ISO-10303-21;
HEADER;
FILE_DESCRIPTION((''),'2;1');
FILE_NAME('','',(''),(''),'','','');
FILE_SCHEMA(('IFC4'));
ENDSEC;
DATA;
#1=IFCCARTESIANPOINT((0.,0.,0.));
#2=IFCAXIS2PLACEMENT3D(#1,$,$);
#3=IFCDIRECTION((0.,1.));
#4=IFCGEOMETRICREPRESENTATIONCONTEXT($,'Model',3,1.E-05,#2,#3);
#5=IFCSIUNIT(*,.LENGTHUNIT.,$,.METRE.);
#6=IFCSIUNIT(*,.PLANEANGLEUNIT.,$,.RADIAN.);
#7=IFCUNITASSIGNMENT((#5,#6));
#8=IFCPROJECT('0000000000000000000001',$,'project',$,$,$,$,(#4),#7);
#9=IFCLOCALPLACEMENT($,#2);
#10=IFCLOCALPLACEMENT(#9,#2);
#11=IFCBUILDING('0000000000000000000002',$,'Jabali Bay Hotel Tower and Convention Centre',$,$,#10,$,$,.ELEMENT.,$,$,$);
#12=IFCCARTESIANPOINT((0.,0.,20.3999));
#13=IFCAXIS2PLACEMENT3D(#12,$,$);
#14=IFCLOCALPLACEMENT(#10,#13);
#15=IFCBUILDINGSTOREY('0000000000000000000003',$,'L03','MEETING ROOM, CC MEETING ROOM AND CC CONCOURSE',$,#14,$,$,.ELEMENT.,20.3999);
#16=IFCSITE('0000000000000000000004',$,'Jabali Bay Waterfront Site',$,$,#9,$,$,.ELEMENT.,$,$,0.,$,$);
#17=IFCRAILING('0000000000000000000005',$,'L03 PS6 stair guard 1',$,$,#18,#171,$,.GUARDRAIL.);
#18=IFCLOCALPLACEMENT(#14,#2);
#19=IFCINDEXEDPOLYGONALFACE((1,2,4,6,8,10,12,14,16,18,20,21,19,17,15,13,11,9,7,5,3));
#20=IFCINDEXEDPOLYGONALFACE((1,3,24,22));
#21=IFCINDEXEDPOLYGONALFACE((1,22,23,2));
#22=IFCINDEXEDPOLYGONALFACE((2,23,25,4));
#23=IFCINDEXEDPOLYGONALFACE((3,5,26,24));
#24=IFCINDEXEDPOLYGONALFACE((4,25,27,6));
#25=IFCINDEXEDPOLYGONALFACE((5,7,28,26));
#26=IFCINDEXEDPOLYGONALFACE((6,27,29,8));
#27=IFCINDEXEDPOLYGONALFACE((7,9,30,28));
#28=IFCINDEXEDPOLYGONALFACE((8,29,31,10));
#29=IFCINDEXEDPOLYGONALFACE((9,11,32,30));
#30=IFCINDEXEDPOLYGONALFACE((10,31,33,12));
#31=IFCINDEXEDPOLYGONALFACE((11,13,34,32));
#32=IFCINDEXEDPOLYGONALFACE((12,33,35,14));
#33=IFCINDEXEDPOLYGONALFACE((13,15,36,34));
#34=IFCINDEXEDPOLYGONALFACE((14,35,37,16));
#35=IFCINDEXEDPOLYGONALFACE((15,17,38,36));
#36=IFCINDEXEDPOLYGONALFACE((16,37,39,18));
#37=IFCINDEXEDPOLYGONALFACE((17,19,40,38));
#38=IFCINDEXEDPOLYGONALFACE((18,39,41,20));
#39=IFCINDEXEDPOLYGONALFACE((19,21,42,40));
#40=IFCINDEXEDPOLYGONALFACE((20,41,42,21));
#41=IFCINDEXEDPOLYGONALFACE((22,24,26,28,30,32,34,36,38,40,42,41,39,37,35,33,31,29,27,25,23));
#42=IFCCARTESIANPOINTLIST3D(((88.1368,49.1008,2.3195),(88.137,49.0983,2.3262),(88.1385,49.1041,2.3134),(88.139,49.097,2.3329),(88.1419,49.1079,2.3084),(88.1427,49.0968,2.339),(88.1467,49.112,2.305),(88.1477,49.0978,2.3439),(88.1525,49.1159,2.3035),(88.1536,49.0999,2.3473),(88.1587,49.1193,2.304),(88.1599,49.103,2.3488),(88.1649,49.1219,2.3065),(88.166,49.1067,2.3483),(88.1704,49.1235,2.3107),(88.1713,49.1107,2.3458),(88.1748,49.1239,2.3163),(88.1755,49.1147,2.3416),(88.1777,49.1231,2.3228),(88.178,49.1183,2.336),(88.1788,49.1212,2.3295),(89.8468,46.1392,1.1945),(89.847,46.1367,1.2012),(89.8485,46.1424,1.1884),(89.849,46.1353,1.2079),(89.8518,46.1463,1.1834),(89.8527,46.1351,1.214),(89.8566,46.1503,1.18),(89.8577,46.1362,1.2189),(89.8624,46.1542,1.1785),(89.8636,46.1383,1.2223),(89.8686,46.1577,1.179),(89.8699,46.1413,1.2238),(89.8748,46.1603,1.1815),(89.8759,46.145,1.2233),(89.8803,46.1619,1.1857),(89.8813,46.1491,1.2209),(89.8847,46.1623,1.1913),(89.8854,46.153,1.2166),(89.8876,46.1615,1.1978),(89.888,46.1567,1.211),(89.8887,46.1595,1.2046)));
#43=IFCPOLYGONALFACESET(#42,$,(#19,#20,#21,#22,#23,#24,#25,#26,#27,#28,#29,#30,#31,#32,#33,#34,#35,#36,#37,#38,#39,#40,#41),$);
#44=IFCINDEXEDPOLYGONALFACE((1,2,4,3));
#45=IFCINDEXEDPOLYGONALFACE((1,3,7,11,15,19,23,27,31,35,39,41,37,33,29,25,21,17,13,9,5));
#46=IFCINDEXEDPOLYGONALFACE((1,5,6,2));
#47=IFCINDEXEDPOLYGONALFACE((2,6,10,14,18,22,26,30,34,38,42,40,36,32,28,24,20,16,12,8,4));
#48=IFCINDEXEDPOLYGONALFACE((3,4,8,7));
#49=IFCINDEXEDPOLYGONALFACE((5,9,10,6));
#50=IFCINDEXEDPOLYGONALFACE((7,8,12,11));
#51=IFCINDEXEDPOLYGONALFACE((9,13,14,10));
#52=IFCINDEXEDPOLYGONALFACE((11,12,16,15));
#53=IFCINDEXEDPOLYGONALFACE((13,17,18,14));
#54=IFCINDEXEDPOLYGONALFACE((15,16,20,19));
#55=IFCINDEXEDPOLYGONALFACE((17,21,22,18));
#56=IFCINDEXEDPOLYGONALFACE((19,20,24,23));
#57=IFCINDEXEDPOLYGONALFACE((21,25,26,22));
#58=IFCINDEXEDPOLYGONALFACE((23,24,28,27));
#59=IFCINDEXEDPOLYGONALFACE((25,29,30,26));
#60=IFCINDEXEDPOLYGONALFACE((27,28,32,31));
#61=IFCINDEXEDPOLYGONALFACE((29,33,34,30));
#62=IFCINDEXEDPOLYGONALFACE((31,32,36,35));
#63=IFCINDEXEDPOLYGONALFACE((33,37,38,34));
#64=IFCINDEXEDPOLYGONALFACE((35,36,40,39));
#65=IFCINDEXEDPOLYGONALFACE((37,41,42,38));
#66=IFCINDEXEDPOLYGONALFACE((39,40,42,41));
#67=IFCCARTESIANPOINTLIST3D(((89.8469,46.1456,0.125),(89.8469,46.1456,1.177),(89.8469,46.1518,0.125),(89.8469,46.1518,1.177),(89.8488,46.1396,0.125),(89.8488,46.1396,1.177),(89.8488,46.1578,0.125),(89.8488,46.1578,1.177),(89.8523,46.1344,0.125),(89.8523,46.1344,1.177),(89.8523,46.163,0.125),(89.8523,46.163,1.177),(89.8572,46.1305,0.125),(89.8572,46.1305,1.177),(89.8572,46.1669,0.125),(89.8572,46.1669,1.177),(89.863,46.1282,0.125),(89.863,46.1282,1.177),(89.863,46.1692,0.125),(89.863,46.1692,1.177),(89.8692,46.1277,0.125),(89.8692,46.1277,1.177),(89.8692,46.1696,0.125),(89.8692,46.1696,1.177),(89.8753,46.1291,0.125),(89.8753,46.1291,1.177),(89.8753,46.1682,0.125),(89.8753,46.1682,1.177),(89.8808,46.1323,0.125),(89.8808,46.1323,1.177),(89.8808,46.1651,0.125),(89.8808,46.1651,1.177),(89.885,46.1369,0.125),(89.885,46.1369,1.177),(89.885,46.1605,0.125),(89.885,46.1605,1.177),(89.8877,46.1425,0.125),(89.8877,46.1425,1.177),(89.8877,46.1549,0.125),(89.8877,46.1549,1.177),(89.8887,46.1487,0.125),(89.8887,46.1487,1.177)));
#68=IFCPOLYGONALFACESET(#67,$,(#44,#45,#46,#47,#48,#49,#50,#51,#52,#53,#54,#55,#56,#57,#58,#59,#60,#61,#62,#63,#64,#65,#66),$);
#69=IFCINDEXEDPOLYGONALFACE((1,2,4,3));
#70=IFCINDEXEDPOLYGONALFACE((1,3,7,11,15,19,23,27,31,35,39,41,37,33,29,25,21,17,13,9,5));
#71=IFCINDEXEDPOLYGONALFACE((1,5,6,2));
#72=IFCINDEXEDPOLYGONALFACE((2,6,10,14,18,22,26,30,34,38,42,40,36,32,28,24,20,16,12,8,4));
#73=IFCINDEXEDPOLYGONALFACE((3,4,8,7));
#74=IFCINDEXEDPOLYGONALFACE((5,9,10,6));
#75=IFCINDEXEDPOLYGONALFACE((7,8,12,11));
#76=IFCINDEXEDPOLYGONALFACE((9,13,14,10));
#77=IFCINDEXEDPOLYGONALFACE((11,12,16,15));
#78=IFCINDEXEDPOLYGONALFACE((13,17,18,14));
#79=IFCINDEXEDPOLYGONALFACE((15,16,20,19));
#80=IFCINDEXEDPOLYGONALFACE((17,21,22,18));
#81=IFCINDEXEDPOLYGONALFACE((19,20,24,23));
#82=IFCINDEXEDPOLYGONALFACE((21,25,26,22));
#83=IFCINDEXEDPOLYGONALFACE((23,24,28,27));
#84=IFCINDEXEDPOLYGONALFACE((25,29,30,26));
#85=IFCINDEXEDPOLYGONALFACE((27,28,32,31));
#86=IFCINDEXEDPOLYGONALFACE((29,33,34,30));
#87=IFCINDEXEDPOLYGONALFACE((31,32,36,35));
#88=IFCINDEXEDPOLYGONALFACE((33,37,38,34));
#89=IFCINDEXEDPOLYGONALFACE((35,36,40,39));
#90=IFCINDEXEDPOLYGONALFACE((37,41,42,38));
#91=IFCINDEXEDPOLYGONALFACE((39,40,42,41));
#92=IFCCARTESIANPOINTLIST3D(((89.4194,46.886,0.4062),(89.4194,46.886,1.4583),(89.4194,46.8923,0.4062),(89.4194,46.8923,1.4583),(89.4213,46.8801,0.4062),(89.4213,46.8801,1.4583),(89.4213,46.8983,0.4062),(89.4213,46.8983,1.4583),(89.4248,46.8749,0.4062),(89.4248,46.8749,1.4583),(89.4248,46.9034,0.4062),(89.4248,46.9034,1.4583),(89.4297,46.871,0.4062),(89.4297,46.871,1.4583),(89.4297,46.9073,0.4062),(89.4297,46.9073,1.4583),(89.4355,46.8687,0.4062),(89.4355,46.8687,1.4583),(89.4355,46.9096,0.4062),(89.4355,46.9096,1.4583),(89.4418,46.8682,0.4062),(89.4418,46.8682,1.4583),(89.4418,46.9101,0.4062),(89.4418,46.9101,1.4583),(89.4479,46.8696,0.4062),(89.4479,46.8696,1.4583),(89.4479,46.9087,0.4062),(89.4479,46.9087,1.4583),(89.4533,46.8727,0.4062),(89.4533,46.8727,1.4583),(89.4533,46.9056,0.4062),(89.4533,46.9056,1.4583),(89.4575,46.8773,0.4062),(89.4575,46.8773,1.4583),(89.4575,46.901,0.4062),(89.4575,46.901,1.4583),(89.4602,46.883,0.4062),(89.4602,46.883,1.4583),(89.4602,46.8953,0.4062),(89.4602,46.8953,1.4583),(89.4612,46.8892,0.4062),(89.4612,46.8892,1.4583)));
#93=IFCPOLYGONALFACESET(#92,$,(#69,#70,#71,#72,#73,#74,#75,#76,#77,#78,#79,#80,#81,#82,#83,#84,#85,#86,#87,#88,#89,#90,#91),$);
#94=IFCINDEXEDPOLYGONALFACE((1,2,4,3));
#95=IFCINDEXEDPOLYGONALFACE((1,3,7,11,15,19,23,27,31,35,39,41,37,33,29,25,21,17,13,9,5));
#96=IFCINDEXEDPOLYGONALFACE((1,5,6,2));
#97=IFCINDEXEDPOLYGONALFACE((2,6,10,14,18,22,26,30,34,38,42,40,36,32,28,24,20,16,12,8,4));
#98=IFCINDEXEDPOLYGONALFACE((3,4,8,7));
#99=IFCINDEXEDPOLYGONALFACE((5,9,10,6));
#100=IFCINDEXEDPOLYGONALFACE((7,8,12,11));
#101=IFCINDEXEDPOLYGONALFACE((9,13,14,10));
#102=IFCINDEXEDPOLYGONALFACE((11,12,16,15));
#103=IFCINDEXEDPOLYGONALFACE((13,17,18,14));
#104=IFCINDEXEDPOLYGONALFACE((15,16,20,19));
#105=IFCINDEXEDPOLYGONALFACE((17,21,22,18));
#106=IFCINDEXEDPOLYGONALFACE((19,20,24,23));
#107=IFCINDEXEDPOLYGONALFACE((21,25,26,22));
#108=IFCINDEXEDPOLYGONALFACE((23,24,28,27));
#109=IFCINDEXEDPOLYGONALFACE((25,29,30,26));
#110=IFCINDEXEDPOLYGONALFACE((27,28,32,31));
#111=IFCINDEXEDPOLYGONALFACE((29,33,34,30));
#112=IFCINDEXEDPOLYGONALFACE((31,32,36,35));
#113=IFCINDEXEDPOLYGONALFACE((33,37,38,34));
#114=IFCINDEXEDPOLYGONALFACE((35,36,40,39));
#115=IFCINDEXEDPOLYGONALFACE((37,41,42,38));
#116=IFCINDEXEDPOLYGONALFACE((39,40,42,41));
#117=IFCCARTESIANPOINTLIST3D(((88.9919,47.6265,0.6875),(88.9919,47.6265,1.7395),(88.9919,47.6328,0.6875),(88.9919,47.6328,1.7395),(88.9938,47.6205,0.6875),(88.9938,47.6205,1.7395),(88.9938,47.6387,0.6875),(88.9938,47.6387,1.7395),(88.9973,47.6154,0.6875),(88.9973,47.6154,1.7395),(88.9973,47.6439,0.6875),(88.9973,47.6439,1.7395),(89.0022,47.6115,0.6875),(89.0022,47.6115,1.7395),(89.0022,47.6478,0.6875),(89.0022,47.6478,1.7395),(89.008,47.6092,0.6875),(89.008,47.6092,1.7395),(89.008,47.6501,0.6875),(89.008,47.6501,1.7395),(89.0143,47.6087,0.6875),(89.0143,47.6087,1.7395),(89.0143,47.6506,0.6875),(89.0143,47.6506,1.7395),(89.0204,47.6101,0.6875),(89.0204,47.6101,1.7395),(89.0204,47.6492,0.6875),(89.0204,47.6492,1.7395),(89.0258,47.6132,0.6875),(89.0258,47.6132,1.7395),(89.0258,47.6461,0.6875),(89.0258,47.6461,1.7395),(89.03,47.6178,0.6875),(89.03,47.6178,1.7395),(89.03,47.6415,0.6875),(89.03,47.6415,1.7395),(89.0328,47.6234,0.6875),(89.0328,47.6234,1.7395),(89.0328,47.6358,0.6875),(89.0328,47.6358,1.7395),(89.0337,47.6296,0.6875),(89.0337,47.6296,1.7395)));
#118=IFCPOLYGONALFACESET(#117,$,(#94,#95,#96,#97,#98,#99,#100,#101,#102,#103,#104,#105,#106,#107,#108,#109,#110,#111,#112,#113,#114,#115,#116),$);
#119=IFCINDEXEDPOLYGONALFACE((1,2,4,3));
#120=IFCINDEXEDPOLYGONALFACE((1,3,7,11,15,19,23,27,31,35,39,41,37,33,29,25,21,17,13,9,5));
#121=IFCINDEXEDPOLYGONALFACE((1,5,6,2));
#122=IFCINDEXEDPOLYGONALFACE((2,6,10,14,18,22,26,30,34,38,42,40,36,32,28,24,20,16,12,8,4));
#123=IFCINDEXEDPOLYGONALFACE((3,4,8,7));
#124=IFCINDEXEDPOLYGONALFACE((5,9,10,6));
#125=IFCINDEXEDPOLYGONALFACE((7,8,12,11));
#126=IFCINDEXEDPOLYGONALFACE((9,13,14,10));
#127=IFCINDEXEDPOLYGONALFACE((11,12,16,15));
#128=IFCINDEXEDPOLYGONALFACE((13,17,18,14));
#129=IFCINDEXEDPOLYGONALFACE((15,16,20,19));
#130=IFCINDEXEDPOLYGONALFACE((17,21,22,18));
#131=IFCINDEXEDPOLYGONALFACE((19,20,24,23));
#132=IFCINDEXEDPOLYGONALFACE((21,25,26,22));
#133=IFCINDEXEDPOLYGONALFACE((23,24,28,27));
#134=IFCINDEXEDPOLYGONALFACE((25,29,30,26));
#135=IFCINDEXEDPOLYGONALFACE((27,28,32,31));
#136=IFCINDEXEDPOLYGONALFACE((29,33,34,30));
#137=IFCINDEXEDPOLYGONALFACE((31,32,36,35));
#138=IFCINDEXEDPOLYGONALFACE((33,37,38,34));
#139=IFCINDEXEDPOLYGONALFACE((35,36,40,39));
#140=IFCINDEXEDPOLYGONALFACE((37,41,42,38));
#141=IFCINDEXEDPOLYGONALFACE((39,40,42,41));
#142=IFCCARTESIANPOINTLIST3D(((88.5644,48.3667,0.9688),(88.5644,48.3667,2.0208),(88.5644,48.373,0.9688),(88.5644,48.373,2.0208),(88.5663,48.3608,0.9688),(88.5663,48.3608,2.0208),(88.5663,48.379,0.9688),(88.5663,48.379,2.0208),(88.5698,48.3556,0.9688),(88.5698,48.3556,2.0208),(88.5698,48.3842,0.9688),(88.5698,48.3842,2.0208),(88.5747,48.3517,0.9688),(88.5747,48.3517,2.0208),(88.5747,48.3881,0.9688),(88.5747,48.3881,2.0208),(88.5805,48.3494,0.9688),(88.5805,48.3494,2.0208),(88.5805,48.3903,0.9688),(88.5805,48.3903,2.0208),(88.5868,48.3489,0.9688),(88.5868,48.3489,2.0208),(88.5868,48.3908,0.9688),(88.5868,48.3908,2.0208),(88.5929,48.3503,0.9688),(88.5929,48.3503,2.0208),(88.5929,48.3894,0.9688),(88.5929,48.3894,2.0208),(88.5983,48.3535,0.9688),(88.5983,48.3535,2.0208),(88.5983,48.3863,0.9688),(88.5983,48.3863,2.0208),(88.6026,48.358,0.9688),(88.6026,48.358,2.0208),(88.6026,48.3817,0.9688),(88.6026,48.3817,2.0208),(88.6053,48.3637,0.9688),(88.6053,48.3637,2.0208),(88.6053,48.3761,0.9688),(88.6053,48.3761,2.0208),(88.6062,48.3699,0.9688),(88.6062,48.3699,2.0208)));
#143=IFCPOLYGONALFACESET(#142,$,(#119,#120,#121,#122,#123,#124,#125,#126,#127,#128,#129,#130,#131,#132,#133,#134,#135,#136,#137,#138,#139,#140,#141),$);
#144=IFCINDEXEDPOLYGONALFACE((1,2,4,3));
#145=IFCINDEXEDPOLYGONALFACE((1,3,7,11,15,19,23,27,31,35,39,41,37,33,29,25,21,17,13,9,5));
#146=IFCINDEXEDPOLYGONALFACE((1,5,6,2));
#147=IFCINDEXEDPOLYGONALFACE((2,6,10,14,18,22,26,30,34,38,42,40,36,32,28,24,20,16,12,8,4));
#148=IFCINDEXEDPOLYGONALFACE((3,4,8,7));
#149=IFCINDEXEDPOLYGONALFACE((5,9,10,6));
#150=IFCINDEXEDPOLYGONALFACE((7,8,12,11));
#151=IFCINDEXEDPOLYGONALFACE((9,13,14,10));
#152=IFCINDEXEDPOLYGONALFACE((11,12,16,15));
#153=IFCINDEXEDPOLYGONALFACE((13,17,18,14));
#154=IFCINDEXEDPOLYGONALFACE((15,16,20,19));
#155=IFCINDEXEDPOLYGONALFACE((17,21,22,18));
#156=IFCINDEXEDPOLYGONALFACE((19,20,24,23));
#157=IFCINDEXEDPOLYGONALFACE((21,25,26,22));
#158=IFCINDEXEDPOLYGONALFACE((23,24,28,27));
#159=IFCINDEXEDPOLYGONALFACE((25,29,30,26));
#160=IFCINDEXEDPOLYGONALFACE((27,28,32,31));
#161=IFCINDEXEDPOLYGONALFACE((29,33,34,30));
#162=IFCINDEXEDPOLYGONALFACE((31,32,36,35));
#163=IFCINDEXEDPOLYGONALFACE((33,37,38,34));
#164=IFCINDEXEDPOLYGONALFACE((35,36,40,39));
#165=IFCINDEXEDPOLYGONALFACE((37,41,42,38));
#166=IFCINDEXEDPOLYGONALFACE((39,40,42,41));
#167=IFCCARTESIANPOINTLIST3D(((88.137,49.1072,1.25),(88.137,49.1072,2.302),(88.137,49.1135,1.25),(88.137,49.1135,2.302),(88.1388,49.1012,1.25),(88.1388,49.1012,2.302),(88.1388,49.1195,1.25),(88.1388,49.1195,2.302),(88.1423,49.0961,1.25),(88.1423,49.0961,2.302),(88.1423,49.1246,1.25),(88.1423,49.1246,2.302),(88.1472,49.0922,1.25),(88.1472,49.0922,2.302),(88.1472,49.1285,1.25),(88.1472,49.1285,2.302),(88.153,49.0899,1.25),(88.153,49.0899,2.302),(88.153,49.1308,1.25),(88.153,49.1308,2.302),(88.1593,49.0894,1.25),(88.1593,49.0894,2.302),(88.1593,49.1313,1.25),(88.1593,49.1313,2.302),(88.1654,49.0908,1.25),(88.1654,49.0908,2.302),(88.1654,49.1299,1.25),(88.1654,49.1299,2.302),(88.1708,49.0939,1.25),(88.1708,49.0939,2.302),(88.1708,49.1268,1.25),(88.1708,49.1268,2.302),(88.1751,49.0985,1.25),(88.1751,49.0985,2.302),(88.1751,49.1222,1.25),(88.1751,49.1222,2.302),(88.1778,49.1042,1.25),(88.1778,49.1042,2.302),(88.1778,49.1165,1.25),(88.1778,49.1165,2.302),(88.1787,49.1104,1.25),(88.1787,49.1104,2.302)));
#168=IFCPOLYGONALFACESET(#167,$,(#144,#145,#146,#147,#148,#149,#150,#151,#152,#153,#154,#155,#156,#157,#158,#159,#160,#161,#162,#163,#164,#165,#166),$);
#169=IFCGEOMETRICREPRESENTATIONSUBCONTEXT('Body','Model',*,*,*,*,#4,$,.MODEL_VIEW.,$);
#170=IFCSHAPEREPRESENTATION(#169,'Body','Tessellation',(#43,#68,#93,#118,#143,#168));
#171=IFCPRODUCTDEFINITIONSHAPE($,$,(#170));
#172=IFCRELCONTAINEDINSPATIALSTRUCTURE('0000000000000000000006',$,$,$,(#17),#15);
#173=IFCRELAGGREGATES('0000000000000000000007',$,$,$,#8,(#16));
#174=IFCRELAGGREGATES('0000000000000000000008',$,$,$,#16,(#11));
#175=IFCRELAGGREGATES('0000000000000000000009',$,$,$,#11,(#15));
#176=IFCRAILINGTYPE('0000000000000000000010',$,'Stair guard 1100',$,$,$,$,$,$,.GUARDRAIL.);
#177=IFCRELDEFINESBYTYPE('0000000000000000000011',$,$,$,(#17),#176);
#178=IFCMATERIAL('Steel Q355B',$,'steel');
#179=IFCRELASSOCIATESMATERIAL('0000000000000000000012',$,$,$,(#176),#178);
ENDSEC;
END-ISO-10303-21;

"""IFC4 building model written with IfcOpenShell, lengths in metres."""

from ifc_helpers import new_model, si_unit, direction, frame, origin, origin_2d, place, context, subcontext, project, spatial, circle, extrude, material, type_object, element, save


model = new_model("IFC4")

# Units and contexts
model_context = context("Model", 3, precision=1e-05, world=origin(), true_north=direction((0.0, 1.0)))
body_context = subcontext(model_context, "Body", "Model", "MODEL_VIEW")
ifc_project = project(units=[si_unit("LENGTHUNIT", "METRE"), si_unit("PLANEANGLEUNIT", "RADIAN")], contexts=[model_context])

# Site, building, storey
site_placement = place(None, origin())
site = spatial("IfcSite", under=ifc_project, at=site_placement, Name="Jabali Bay Waterfront Site", CompositionType="ELEMENT", RefElevation=0.0)
building_placement = place(site_placement, origin())
building = spatial("IfcBuilding", under=site, at=building_placement, Name="Jabali Bay Hotel Tower and Convention Centre", CompositionType="ELEMENT")
storey_placement = place(building_placement, frame((0.0, 0.0, 20.3999)))
storey = spatial("IfcBuildingStorey", under=building, at=storey_placement, Name="L03", Description="MEETING ROOM, CC MEETING ROOM AND CC CONCOURSE", CompositionType="ELEMENT", Elevation=20.3999)

# Railing
ifc_material_1 = material(Name="Steel Q355B", Category="steel")
railing_type_1 = type_object("IfcRailingType", Name="Stair guard 1100", PredefinedType="GUARDRAIL", material=ifc_material_1)
railing_1_placement = place(storey_placement, frame((89.8677, 46.1487, 0.125)))
element("IfcRailing", 1, at=railing_1_placement, inside=storey, type_object=railing_type_1, Name="L03 PS6 stair guard 1", PredefinedType="GUARDRAIL", context=body_context, shape_type="SweptSolid", body=[
    extrude(circle(Radius=0.0239, at=origin_2d()), frame((0.0, 0.0, 1.0762), z_axis=(-0.474969, 0.822652, 0.312487), x_axis=(-0.86602, -0.500009, 0.0)), (0.0, 0.0, 1.0), 3.6001),
    extrude(circle(Radius=0.021, at=origin_2d()), origin(), (0.0, 0.0, 1.0), 1.052),
    extrude(circle(Radius=0.021, at=origin_2d()), frame((-0.4275, 0.7405, 0.2812)), (0.0, 0.0, 1.0), 1.052),
    extrude(circle(Radius=0.021, at=origin_2d()), frame((-0.855, 1.481, 0.5625)), (0.0, 0.0, 1.0), 1.052),
    extrude(circle(Radius=0.021, at=origin_2d()), frame((-1.2825, 2.2212, 0.8438)), (0.0, 0.0, 1.0), 1.052),
    extrude(circle(Radius=0.021, at=origin_2d()), frame((-1.71, 2.9617, 1.125)), (0.0, 0.0, 1.0), 1.052),
])

save(model, "model.ifc")
